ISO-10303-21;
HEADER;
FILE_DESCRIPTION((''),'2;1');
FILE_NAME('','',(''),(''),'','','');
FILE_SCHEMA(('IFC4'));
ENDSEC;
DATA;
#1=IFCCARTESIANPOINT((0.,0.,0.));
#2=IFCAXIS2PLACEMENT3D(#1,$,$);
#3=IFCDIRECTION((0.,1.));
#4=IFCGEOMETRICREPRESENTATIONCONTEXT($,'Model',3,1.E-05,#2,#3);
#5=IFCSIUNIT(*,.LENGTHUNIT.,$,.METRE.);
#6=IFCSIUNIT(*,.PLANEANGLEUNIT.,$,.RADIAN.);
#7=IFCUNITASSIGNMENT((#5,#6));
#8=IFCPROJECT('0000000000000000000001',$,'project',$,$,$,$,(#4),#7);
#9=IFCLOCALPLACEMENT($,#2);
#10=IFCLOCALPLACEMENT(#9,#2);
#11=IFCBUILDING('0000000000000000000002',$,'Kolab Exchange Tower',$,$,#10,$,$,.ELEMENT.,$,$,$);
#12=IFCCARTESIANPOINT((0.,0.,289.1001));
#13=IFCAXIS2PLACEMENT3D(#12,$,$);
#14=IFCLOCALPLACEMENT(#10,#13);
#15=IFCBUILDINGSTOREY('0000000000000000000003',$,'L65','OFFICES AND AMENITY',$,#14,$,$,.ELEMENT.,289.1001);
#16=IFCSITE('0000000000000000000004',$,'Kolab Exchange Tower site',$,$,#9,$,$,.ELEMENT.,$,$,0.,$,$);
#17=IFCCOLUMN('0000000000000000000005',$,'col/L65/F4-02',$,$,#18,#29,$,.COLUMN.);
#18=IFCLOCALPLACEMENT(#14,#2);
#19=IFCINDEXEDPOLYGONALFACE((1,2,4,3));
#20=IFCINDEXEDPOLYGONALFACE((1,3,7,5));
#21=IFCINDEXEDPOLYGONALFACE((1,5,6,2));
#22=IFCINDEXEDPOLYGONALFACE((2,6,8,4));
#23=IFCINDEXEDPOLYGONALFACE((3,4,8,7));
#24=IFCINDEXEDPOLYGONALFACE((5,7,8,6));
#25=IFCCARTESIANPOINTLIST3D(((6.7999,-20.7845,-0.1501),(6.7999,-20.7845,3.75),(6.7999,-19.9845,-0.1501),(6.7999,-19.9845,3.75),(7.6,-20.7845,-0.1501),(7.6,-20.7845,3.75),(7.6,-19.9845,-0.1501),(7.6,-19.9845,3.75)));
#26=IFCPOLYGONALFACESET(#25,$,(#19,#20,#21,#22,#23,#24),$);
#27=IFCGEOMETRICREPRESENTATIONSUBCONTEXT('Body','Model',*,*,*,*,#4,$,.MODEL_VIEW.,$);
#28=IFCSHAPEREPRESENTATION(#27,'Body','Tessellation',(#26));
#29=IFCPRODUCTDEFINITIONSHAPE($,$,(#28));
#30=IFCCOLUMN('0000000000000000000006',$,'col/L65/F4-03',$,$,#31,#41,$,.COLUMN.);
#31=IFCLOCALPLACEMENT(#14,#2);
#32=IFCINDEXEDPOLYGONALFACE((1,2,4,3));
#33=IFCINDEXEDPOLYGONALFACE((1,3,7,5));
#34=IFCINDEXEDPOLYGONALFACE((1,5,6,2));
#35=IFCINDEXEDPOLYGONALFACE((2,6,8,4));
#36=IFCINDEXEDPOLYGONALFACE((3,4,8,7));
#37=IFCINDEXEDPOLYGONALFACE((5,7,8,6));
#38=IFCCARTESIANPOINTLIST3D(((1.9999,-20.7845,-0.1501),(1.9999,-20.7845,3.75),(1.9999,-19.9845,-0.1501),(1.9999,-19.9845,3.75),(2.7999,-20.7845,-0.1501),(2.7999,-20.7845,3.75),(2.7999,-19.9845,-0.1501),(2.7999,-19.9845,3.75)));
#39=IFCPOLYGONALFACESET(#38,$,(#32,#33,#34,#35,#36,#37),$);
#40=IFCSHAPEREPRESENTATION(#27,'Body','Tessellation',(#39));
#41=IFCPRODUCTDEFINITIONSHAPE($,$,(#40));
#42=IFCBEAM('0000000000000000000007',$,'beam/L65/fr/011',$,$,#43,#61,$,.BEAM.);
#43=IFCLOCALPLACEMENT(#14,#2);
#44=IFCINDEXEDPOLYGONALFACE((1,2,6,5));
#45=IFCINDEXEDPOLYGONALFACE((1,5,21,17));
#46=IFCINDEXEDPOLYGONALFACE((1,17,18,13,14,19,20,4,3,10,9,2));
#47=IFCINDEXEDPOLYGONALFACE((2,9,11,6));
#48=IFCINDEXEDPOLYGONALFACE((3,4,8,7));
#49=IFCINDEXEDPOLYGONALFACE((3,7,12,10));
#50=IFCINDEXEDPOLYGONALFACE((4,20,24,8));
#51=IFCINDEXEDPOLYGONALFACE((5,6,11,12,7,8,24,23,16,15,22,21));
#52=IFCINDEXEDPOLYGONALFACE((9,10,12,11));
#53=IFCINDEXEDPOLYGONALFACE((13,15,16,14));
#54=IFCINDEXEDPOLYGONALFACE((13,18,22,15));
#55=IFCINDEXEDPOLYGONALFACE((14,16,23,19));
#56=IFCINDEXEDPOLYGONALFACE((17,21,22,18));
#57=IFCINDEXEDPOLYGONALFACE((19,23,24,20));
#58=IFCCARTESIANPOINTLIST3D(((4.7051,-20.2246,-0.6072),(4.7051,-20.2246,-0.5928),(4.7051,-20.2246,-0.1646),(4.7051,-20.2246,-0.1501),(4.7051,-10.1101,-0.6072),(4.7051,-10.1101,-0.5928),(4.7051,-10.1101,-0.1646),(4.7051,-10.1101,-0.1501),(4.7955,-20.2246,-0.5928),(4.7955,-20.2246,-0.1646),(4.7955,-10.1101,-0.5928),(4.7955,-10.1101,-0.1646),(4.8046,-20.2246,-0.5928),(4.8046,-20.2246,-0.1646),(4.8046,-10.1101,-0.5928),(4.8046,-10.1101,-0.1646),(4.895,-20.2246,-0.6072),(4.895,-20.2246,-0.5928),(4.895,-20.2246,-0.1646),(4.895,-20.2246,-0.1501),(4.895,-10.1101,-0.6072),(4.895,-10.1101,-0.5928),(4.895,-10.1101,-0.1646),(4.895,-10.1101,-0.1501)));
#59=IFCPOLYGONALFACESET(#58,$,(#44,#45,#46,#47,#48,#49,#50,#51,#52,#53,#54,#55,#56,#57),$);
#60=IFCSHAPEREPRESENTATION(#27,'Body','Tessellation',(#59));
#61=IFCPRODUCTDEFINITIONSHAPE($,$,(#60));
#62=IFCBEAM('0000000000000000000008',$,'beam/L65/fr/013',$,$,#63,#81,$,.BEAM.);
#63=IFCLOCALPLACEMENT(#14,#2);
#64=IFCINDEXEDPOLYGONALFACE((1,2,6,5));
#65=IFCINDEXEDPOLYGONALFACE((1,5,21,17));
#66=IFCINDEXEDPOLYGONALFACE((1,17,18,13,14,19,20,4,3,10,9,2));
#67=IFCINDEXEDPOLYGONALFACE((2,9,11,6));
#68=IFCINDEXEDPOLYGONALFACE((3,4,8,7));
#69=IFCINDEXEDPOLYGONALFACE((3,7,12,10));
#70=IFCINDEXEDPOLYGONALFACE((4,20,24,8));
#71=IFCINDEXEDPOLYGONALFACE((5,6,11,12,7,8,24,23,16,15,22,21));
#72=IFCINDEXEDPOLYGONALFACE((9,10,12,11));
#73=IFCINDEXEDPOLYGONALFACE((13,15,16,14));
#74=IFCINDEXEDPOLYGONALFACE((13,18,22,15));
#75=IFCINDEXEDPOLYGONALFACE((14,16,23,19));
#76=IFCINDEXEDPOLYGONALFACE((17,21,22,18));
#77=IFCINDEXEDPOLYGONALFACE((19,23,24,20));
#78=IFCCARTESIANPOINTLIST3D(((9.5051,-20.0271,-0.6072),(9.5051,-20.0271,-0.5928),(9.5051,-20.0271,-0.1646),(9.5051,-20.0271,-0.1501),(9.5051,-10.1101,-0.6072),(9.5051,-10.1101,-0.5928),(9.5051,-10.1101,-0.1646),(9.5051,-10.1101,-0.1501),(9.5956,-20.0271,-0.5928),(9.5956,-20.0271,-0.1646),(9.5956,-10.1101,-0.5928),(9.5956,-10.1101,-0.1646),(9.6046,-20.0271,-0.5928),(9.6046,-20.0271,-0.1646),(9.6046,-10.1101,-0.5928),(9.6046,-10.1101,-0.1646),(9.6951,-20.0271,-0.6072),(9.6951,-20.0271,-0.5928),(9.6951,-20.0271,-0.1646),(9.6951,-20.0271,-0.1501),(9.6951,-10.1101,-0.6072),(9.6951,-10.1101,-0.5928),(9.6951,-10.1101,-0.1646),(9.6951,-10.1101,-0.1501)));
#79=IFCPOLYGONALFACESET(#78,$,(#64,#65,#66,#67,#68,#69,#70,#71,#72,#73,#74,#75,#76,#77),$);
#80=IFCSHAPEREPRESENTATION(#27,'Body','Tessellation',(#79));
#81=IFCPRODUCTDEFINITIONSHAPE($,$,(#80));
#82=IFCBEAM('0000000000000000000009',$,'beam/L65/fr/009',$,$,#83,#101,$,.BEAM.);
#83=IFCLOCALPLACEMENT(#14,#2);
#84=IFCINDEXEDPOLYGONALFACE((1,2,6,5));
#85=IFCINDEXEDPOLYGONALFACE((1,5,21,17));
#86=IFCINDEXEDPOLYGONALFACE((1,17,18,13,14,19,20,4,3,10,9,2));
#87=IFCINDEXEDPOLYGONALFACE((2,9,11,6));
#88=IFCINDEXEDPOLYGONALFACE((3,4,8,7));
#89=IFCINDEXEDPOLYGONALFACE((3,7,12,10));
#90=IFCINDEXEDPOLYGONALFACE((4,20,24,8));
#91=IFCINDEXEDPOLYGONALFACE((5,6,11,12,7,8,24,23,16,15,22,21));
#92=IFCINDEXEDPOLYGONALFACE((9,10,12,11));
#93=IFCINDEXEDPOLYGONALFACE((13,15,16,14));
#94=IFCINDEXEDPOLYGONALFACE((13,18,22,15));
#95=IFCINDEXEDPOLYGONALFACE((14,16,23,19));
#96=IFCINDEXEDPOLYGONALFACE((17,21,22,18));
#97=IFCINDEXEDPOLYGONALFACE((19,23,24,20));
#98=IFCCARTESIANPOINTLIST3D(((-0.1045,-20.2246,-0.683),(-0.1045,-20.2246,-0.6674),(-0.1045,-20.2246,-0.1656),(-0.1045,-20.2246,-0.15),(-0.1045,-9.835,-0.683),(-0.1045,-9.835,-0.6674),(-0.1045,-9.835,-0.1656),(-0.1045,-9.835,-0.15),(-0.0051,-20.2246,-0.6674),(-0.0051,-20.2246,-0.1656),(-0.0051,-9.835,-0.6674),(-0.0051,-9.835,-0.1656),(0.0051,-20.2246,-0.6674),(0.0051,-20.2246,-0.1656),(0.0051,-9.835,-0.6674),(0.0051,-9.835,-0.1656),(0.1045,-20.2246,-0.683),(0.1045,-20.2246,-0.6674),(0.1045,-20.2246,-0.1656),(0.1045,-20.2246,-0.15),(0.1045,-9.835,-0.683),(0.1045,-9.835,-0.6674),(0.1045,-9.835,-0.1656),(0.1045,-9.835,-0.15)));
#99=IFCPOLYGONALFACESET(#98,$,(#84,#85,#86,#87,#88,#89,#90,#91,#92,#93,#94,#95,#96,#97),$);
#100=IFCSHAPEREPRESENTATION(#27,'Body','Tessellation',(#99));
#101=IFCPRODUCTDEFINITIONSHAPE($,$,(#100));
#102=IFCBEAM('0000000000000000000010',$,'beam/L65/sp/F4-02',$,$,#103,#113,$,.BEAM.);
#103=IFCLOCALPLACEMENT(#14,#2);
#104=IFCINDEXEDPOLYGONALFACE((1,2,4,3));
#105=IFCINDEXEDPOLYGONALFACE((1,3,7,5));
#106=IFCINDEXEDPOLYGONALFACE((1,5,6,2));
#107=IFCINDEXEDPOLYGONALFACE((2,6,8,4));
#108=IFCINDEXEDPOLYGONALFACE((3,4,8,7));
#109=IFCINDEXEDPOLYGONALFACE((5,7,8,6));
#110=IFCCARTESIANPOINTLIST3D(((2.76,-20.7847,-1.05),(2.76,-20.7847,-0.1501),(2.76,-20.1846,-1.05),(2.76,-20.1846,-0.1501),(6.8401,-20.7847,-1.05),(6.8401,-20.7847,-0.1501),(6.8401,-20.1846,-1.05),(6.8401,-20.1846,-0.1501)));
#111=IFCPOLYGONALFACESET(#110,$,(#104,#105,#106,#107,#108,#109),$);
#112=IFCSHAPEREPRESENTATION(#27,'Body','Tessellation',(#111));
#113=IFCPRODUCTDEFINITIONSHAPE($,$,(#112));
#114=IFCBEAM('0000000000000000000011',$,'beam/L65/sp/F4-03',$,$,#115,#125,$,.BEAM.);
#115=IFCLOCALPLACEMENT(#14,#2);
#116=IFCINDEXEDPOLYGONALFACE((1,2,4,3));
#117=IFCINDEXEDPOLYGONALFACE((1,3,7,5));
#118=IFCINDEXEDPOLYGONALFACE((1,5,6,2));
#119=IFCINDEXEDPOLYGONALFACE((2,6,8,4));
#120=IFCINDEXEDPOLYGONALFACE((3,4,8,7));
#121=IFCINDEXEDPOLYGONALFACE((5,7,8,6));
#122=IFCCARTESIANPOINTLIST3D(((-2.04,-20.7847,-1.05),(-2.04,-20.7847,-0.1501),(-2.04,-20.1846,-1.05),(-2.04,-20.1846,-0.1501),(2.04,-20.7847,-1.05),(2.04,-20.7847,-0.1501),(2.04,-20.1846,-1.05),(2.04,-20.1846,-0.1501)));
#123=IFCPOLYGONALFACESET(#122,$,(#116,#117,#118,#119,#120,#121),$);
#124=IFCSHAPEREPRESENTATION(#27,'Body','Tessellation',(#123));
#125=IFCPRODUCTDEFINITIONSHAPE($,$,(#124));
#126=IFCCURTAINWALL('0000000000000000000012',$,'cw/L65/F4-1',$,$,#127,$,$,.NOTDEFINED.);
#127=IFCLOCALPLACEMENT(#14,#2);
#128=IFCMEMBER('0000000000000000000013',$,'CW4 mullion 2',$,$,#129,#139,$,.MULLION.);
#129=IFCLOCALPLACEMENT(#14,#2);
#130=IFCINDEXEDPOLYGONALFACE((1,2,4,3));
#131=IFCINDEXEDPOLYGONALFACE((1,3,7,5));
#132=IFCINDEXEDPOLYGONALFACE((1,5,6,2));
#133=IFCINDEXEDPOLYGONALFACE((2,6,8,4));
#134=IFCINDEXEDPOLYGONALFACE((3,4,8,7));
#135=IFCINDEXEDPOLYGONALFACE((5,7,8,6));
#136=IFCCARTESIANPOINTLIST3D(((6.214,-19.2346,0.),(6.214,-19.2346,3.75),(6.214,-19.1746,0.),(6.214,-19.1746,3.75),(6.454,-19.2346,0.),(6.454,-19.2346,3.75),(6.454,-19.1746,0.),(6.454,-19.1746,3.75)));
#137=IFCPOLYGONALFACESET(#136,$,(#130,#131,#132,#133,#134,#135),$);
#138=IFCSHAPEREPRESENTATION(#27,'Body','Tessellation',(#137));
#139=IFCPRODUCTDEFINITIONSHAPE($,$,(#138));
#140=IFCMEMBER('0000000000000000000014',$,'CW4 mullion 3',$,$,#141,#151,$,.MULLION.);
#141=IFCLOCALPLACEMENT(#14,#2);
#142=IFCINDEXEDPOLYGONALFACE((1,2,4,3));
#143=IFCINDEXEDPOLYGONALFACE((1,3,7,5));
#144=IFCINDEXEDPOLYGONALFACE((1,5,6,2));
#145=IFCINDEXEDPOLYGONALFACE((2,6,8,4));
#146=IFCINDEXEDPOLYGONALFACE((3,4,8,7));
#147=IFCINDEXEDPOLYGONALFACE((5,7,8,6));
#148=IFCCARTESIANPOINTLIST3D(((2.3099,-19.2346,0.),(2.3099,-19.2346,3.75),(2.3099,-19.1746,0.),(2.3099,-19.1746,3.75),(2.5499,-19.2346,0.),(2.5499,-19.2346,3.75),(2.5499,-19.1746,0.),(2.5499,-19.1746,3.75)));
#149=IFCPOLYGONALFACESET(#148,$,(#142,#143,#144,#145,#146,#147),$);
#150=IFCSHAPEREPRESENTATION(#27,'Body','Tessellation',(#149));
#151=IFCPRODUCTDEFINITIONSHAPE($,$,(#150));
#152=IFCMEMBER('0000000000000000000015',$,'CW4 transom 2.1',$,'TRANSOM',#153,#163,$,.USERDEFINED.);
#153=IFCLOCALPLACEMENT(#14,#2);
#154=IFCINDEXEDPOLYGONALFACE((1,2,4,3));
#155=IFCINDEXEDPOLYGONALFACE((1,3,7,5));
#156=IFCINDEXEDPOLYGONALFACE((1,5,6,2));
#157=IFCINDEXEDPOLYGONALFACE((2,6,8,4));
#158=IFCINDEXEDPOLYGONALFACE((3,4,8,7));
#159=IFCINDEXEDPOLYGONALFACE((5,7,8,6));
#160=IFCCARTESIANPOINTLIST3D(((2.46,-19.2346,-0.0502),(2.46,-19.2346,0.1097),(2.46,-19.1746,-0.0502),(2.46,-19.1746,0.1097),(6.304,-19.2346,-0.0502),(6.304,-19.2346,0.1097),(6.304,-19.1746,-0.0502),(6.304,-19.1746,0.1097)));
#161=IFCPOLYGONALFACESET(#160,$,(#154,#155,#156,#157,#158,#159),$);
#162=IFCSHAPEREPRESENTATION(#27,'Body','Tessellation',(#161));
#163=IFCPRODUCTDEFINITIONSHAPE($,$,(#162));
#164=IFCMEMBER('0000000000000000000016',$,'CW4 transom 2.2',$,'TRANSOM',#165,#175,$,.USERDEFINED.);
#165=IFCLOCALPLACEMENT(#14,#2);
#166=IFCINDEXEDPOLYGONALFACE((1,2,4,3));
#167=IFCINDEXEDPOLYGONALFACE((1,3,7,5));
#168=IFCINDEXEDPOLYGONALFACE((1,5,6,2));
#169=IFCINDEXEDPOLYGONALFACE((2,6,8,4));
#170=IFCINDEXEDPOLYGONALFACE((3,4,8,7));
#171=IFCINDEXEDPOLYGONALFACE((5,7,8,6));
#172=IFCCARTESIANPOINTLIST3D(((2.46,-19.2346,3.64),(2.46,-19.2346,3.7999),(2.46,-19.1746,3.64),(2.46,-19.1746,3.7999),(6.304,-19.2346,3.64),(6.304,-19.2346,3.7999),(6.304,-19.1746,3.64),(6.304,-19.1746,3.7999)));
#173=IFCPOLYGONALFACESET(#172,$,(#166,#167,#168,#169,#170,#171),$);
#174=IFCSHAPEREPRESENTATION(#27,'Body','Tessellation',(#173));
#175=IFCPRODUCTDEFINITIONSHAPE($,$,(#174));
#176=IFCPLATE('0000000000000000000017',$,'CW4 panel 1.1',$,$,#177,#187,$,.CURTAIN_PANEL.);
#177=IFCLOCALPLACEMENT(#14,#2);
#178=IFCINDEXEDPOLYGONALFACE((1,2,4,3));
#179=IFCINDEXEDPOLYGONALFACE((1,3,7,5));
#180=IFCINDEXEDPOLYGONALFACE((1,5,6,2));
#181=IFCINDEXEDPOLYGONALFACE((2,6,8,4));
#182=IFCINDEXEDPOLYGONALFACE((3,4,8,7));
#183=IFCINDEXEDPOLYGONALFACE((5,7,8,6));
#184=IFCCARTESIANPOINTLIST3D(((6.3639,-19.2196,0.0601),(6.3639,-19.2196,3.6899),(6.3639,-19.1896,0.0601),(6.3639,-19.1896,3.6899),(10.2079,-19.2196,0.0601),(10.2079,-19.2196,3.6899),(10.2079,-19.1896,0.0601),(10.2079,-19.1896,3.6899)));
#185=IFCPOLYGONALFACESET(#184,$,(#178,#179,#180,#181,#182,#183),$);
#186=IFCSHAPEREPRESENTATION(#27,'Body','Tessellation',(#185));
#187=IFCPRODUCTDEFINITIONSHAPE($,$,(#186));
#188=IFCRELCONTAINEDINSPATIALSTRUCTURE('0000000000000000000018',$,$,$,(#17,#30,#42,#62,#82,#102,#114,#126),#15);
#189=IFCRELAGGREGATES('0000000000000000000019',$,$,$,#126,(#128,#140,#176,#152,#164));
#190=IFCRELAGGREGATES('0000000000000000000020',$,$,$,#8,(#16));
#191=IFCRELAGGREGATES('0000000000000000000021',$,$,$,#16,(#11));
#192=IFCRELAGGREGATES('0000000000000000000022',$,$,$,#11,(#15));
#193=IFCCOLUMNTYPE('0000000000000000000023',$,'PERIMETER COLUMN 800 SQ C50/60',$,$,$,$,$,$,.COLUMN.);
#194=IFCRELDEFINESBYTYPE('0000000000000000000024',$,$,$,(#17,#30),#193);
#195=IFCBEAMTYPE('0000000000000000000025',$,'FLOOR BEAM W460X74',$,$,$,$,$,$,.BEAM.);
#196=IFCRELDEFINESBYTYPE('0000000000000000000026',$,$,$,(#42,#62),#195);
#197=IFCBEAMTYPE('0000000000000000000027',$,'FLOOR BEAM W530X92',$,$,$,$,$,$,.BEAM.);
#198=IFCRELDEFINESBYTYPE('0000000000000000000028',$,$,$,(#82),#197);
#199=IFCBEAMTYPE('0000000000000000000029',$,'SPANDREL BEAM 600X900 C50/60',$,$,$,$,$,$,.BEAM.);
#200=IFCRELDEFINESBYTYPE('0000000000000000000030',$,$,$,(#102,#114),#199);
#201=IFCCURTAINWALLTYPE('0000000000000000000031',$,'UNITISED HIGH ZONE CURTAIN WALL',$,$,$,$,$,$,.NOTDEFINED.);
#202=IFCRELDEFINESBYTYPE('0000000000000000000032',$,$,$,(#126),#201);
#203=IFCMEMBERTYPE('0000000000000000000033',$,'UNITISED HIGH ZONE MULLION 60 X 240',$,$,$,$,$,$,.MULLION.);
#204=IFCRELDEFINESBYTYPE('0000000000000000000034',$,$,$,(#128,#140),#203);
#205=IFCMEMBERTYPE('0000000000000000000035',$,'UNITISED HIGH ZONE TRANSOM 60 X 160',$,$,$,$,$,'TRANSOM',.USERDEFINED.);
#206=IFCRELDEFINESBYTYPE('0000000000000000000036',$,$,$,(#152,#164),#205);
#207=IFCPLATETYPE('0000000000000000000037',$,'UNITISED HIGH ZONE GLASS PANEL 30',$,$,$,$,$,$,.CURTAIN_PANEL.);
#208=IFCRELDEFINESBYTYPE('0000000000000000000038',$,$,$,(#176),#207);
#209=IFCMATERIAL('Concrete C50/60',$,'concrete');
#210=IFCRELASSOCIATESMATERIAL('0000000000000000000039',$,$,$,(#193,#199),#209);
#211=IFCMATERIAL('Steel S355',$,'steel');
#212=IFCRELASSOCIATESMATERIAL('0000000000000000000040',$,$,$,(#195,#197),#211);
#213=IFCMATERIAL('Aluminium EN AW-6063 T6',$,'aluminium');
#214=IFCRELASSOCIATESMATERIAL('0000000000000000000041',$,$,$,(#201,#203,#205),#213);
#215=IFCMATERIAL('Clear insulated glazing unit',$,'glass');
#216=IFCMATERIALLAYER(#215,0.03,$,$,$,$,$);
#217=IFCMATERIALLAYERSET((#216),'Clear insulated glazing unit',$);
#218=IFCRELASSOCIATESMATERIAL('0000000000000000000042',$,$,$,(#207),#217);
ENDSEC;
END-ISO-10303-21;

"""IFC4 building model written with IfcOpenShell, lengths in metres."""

from ifc_helpers import new_model, si_unit, direction, frame, origin, origin_2d, place, context, subcontext, project, spatial, rectangle, i_section, extrude, material, layer, layer_set, material_profile, profile_set, type_object, element, aggregate, save


model = new_model("IFC4")

# Units and contexts
model_context = context("Model", 3, precision=1e-05, world=origin(), true_north=direction((0.0, 1.0)))
body_context = subcontext(model_context, "Body", "Model", "MODEL_VIEW")
ifc_project = project(units=[si_unit("LENGTHUNIT", "METRE"), si_unit("PLANEANGLEUNIT", "RADIAN")], contexts=[model_context])

# Site, building, storey
site_placement = place(None, origin())
site = spatial("IfcSite", under=ifc_project, at=site_placement, Name="Kolab Exchange Tower site", CompositionType="ELEMENT", RefElevation=0.0)
building_placement = place(site_placement, origin())
building = spatial("IfcBuilding", under=site, at=building_placement, Name="Kolab Exchange Tower", CompositionType="ELEMENT")
storey_placement = place(building_placement, frame((0.0, 0.0, 289.1001)))
storey = spatial("IfcBuildingStorey", under=building, at=storey_placement, Name="L65", Description="OFFICES AND AMENITY", CompositionType="ELEMENT", Elevation=289.1001)

# Columns
ifc_material_1 = material(Name="Concrete C50/60", Category="concrete")
ifc_material_profile_1 = material_profile(ifc_material_1, rectangle(XDim=0.8, YDim=0.8, at=origin_2d()), Name="RC800")
ifc_profile_set_1 = profile_set([ifc_material_profile_1], Name="Concrete C50/60")
column_type = type_object("IfcColumnType", Name="PERIMETER COLUMN 800 SQ C50/60", PredefinedType="COLUMN", material=ifc_profile_set_1)
for number, where, z_axis, x_axis, name in (
    (1, (7.2, -20.3845, -0.1501), (0.0, 0.0, 1.0), (1.0, 0.0, 0.0), "col/L65/F4-02"),
    (2, (2.3999, -20.3845, -0.1501), (0.0, 0.0, 1.0), (1.0, 0.0, 0.0), "col/L65/F4-03"),
):
    element("IfcColumn", number, at=place(storey_placement, frame(where, z_axis=z_axis, x_axis=x_axis)), inside=storey, type_object=column_type, Name=name, PredefinedType="COLUMN", context=body_context, shape_type="SweptSolid", body=[
        extrude(rectangle(XDim=0.8, YDim=0.8, at=origin_2d()), origin(), (0.0, 0.0, 1.0), 3.9001),
    ])

# Beams
ifc_material_2 = material(Name="Steel S355", Category="steel")
ifc_material_profile_2 = material_profile(ifc_material_2, i_section(OverallWidth=0.1899, OverallDepth=0.457, WebThickness=0.009, FlangeThickness=0.0144, at=origin_2d()), Name="W460X74")
ifc_profile_set_2 = profile_set([ifc_material_profile_2], Name="Steel S355")
beam_type_1 = type_object("IfcBeamType", Name="FLOOR BEAM W460X74", PredefinedType="BEAM", material=ifc_profile_set_2)
beam_1_placement = place(storey_placement, frame((4.8, -20.2246, -0.3787), z_axis=(0.0, 1.0, 0.0), x_axis=(-1.0, 0.0, 0.0)))
element("IfcBeam", 3, at=beam_1_placement, inside=storey, type_object=beam_type_1, Name="beam/L65/fr/011", PredefinedType="BEAM", context=body_context, shape_type="SweptSolid", body=[
    extrude(i_section(OverallWidth=0.1899, OverallDepth=0.457, WebThickness=0.009, FlangeThickness=0.0144, at=origin_2d()), origin(), (0.0, 0.0, 1.0), 10.1145),
])
beam_2_placement = place(storey_placement, frame((9.6001, -20.0271, -0.3787), z_axis=(0.0, 1.0, 0.0), x_axis=(-1.0, 0.0, 0.0)))
element("IfcBeam", 4, at=beam_2_placement, inside=storey, type_object=beam_type_1, Name="beam/L65/fr/013", PredefinedType="BEAM", context=body_context, shape_type="SweptSolid", body=[
    extrude(i_section(OverallWidth=0.1899, OverallDepth=0.457, WebThickness=0.009, FlangeThickness=0.0144, at=origin_2d()), origin(), (0.0, 0.0, 1.0), 9.917),
])
ifc_material_profile_3 = material_profile(ifc_material_2, i_section(OverallWidth=0.209, OverallDepth=0.533, WebThickness=0.0103, FlangeThickness=0.0156, at=origin_2d()), Name="W530X92")
ifc_profile_set_3 = profile_set([ifc_material_profile_3], Name="Steel S355")
beam_type_2 = type_object("IfcBeamType", Name="FLOOR BEAM W530X92", PredefinedType="BEAM", material=ifc_profile_set_3)
beam_3_placement = place(storey_placement, frame((0.0, -20.2246, -0.4165), z_axis=(0.0, 1.0, 0.0), x_axis=(-1.0, 0.0, 0.0)))
element("IfcBeam", 5, at=beam_3_placement, inside=storey, type_object=beam_type_2, Name="beam/L65/fr/009", PredefinedType="BEAM", context=body_context, shape_type="SweptSolid", body=[
    extrude(i_section(OverallWidth=0.209, OverallDepth=0.533, WebThickness=0.0103, FlangeThickness=0.0156, at=origin_2d()), origin(), (0.0, 0.0, 1.0), 10.3896),
])
ifc_material_profile_4 = material_profile(ifc_material_1, rectangle(XDim=0.6001, YDim=0.8999, at=origin_2d()), Name="RC600X900")
ifc_profile_set_4 = profile_set([ifc_material_profile_4], Name="Concrete C50/60")
beam_type_3 = type_object("IfcBeamType", Name="SPANDREL BEAM 600X900 C50/60", PredefinedType="BEAM", material=ifc_profile_set_4)
for number, where, z_axis, x_axis, name in (
    (6, (6.8401, -20.4846, -0.6001), (-1.0, 0.0, 0.0), (0.0, -1.0, 0.0), "beam/L65/sp/F4-02"),
    (7, (2.04, -20.4846, -0.6001), (-1.0, 0.0, 0.0), (0.0, -1.0, 0.0), "beam/L65/sp/F4-03"),
):
    element("IfcBeam", number, at=place(storey_placement, frame(where, z_axis=z_axis, x_axis=x_axis)), inside=storey, type_object=beam_type_3, Name=name, PredefinedType="BEAM", context=body_context, shape_type="SweptSolid", body=[
        extrude(rectangle(XDim=0.6001, YDim=0.8999, at=origin_2d()), origin(), (0.0, 0.0, 1.0), 4.0801),
    ])

# Curtain wall, members, plate
ifc_material_3 = material(Name="Aluminium EN AW-6063 T6", Category="aluminium")
curtain_wall_type = type_object("IfcCurtainWallType", Name="UNITISED HIGH ZONE CURTAIN WALL", PredefinedType="NOTDEFINED", material=ifc_material_3)
curtain_wall_placement = place(storey_placement, origin())
curtain_wall = element("IfcCurtainWall", 8, at=curtain_wall_placement, inside=storey, type_object=curtain_wall_type, Name="cw/L65/F4-1", PredefinedType="NOTDEFINED")
ifc_material_profile_5 = material_profile(ifc_material_3, rectangle(XDim=0.0601, YDim=0.24, at=origin_2d()), Name="RECT 60X240")
ifc_profile_set_5 = profile_set([ifc_material_profile_5], Name="Aluminium EN AW-6063 T6")
member_type_1 = type_object("IfcMemberType", Name="UNITISED HIGH ZONE MULLION 60 X 240", PredefinedType="MULLION", material=ifc_profile_set_5)
member_1_placement = place(storey_placement, frame((6.334, -19.2046, 0.0), z_axis=(0.0, 0.0, 1.0), x_axis=(0.0, -1.0, 0.0)))
member_1 = element("IfcMember", 9, at=member_1_placement, type_object=member_type_1, Name="CW4 mullion 2", PredefinedType="MULLION", context=body_context, shape_type="SweptSolid", body=[
    extrude(rectangle(XDim=0.0601, YDim=0.24, at=origin_2d()), origin(), (0.0, 0.0, 1.0), 3.75),
])
member_2_placement = place(storey_placement, frame((2.4299, -19.2046, 0.0), z_axis=(0.0, 0.0, 1.0), x_axis=(0.0, -1.0, 0.0)))
member_2 = element("IfcMember", 10, at=member_2_placement, type_object=member_type_1, Name="CW4 mullion 3", PredefinedType="MULLION", context=body_context, shape_type="SweptSolid", body=[
    extrude(rectangle(XDim=0.0601, YDim=0.24, at=origin_2d()), origin(), (0.0, 0.0, 1.0), 3.75),
])
ifc_material_profile_6 = material_profile(ifc_material_3, rectangle(XDim=0.0601, YDim=0.1599, at=origin_2d()), Name="RECT 60X160")
ifc_profile_set_6 = profile_set([ifc_material_profile_6], Name="Aluminium EN AW-6063 T6")
member_type_2 = type_object("IfcMemberType", Name="UNITISED HIGH ZONE TRANSOM 60 X 160", ElementType="TRANSOM", PredefinedType="USERDEFINED", material=ifc_profile_set_6)
member_3_placement = place(storey_placement, frame((6.304, -19.2046, 0.0298), z_axis=(-1.0, 0.0, 0.0), x_axis=(0.0, -1.0, 0.0)))
member_3 = element("IfcMember", 11, at=member_3_placement, type_object=member_type_2, Name="CW4 transom 2.1", ObjectType="TRANSOM", PredefinedType="USERDEFINED", context=body_context, shape_type="SweptSolid", body=[
    extrude(rectangle(XDim=0.0601, YDim=0.1599, at=origin_2d()), origin(), (0.0, 0.0, 1.0), 3.844),
])
member_4_placement = place(storey_placement, frame((6.304, -19.2046, 3.72), z_axis=(-1.0, 0.0, 0.0), x_axis=(0.0, -1.0, 0.0)))
member_4 = element("IfcMember", 12, at=member_4_placement, type_object=member_type_2, Name="CW4 transom 2.2", ObjectType="TRANSOM", PredefinedType="USERDEFINED", context=body_context, shape_type="SweptSolid", body=[
    extrude(rectangle(XDim=0.0601, YDim=0.1599, at=origin_2d()), origin(), (0.0, 0.0, 1.0), 3.844),
])
ifc_material_4 = material(Name="Clear insulated glazing unit", Category="glass")
ifc_layer_1 = layer(ifc_material_4, 0.03)
ifc_layer_set_1 = layer_set([ifc_layer_1], Name="Clear insulated glazing unit")
plate_type = type_object("IfcPlateType", Name="UNITISED HIGH ZONE GLASS PANEL 30", PredefinedType="CURTAIN_PANEL", material=ifc_layer_set_1)
plate_1_placement = place(storey_placement, frame((8.2859, -19.2046, 0.0601), z_axis=(0.0, 0.0, 1.0), x_axis=(-1.0, 0.0, 0.0)))
plate_1 = element("IfcPlate", 13, at=plate_1_placement, type_object=plate_type, Name="CW4 panel 1.1", PredefinedType="CURTAIN_PANEL", context=body_context, shape_type="SweptSolid", body=[
    extrude(rectangle(XDim=3.844, YDim=0.03, at=origin_2d()), origin(), (0.0, 0.0, 1.0), 3.6299),
])
aggregate(curtain_wall, [member_1, member_2, plate_1, member_3, member_4])

save(model, "model.ifc")
